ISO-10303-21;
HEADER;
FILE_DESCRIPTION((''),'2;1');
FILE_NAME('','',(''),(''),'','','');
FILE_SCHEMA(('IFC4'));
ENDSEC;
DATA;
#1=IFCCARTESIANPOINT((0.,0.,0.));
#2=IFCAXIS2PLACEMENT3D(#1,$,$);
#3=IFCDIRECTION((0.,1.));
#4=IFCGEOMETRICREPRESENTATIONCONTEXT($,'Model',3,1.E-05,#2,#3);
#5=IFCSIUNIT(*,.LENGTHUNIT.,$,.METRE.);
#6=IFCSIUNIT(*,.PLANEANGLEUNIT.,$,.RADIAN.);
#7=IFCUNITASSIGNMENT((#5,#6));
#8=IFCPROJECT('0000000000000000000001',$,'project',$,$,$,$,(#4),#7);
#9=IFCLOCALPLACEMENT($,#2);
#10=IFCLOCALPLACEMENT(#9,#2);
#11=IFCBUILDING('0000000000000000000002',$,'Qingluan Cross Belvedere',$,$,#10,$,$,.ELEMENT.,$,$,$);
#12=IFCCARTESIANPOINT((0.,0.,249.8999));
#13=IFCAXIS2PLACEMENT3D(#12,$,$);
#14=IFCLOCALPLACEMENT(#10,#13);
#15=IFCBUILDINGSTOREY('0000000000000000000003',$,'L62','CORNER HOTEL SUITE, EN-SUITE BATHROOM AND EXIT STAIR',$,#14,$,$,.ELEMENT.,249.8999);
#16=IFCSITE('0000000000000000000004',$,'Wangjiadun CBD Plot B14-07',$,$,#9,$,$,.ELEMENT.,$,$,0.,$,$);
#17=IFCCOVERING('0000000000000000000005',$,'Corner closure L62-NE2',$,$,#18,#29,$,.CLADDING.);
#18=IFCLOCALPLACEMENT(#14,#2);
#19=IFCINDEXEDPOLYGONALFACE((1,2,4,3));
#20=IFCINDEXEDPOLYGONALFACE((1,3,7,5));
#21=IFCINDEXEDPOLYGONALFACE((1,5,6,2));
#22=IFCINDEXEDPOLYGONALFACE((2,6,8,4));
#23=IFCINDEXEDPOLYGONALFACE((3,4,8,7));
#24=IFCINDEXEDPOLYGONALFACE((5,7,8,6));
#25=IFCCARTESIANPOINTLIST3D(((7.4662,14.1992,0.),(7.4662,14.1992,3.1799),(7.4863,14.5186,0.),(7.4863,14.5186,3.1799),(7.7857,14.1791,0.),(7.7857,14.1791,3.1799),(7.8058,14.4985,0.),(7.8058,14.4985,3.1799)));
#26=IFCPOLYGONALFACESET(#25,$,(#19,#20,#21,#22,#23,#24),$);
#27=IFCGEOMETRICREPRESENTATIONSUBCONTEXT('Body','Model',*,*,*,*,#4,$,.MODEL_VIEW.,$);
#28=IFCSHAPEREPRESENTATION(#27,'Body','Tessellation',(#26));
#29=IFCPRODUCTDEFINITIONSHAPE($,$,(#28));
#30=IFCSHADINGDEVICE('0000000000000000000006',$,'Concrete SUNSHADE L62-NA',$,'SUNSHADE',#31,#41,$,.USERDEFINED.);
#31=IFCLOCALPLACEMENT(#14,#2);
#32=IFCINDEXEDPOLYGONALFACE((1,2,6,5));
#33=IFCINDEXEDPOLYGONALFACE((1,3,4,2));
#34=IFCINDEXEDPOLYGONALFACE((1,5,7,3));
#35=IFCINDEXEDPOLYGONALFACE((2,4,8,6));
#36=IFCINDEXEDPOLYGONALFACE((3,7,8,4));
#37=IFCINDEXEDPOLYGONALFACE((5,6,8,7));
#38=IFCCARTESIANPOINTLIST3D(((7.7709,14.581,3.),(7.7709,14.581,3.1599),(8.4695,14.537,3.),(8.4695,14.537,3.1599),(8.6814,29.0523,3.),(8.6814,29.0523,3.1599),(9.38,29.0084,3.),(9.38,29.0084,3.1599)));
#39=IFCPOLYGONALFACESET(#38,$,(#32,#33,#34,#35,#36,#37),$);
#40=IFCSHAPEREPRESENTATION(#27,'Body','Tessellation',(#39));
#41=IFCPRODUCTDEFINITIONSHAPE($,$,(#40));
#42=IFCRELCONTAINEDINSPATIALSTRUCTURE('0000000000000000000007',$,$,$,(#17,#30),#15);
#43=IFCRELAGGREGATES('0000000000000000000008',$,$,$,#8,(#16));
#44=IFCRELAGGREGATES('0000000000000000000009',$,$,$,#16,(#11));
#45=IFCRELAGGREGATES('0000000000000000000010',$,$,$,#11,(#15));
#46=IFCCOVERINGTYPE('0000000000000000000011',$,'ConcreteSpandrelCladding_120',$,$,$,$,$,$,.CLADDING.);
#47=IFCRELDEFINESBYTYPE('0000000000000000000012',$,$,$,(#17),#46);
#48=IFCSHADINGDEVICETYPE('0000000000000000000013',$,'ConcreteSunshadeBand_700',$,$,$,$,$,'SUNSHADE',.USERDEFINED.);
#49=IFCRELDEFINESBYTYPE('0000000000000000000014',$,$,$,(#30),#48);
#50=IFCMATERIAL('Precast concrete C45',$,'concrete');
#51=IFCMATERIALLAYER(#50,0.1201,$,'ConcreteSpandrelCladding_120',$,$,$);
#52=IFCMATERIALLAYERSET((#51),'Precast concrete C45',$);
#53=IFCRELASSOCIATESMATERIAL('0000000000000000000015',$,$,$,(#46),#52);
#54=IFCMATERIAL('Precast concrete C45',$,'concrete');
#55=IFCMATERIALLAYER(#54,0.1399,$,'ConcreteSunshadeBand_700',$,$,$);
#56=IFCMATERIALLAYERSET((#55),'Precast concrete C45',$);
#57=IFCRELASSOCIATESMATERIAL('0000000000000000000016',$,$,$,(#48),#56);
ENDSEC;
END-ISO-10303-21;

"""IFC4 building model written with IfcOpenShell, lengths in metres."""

from ifc_helpers import new_model, si_unit, direction, frame, origin, origin_2d, place, context, subcontext, project, spatial, rectangle, extrude, material, layer, layer_set, type_object, element, save


model = new_model("IFC4")

# Units and contexts
model_context = context("Model", 3, precision=1e-05, world=origin(), true_north=direction((0.0, 1.0)))
body_context = subcontext(model_context, "Body", "Model", "MODEL_VIEW")
ifc_project = project(units=[si_unit("LENGTHUNIT", "METRE"), si_unit("PLANEANGLEUNIT", "RADIAN")], contexts=[model_context])

# Site, building, storey
site_placement = place(None, origin())
site = spatial("IfcSite", under=ifc_project, at=site_placement, Name="Wangjiadun CBD Plot B14-07", CompositionType="ELEMENT", RefElevation=0.0)
building_placement = place(site_placement, origin())
building = spatial("IfcBuilding", under=site, at=building_placement, Name="Qingluan Cross Belvedere", CompositionType="ELEMENT")
storey_placement = place(building_placement, frame((0.0, 0.0, 249.8999)))
storey = spatial("IfcBuildingStorey", under=building, at=storey_placement, Name="L62", Description="CORNER HOTEL SUITE, EN-SUITE BATHROOM AND EXIT STAIR", CompositionType="ELEMENT", Elevation=249.8999)

# Covering
ifc_material_1 = material(Name="Precast concrete C45", Category="concrete")
ifc_layer_1 = layer(ifc_material_1, 0.1201, Name="ConcreteSpandrelCladding_120")
ifc_layer_set_1 = layer_set([ifc_layer_1], Name="Precast concrete C45")
covering_type = type_object("IfcCoveringType", Name="ConcreteSpandrelCladding_120", PredefinedType="CLADDING", material=ifc_layer_set_1)
for number, where, z_axis, x_axis, name in (
    (1, (7.636, 14.3489, 0.0), (0.0, 0.0, 1.0), (0.998027, -0.062791, 0.0), "Corner closure L62-NE2"),
):
    element("IfcCovering", number, at=place(storey_placement, frame(where, z_axis=z_axis, x_axis=x_axis)), inside=storey, type_object=covering_type, Name=name, PredefinedType="CLADDING", context=body_context, shape_type="SweptSolid", body=[
        extrude(rectangle(XDim=0.3201, YDim=0.3201, at=origin_2d()), origin(), (0.0, 0.0, 1.0), 3.1799),
    ])

# Shading device
ifc_material_2 = material(Name="Precast concrete C45", Category="concrete")
ifc_layer_2 = layer(ifc_material_2, 0.1399, Name="ConcreteSunshadeBand_700")
ifc_layer_set_2 = layer_set([ifc_layer_2], Name="Precast concrete C45")
shading_device_type = type_object("IfcShadingDeviceType", Name="ConcreteSunshadeBand_700", ElementType="SUNSHADE", PredefinedType="USERDEFINED", material=ifc_layer_set_2)
shading_device_placement = place(storey_placement, frame((8.5754, 21.7947, 3.0), z_axis=(0.0, 0.0, 1.0), x_axis=(0.062796, 0.998026, 0.0)))
element("IfcShadingDevice", 2, at=shading_device_placement, inside=storey, type_object=shading_device_type, Name="Concrete SUNSHADE L62-NA", ObjectType="SUNSHADE", PredefinedType="USERDEFINED", context=body_context, shape_type="SweptSolid", body=[
    extrude(rectangle(XDim=14.5, YDim=0.7, at=origin_2d()), origin(), (0.0, 0.0, 1.0), 0.1599),
])

save(model, "model.ifc")
